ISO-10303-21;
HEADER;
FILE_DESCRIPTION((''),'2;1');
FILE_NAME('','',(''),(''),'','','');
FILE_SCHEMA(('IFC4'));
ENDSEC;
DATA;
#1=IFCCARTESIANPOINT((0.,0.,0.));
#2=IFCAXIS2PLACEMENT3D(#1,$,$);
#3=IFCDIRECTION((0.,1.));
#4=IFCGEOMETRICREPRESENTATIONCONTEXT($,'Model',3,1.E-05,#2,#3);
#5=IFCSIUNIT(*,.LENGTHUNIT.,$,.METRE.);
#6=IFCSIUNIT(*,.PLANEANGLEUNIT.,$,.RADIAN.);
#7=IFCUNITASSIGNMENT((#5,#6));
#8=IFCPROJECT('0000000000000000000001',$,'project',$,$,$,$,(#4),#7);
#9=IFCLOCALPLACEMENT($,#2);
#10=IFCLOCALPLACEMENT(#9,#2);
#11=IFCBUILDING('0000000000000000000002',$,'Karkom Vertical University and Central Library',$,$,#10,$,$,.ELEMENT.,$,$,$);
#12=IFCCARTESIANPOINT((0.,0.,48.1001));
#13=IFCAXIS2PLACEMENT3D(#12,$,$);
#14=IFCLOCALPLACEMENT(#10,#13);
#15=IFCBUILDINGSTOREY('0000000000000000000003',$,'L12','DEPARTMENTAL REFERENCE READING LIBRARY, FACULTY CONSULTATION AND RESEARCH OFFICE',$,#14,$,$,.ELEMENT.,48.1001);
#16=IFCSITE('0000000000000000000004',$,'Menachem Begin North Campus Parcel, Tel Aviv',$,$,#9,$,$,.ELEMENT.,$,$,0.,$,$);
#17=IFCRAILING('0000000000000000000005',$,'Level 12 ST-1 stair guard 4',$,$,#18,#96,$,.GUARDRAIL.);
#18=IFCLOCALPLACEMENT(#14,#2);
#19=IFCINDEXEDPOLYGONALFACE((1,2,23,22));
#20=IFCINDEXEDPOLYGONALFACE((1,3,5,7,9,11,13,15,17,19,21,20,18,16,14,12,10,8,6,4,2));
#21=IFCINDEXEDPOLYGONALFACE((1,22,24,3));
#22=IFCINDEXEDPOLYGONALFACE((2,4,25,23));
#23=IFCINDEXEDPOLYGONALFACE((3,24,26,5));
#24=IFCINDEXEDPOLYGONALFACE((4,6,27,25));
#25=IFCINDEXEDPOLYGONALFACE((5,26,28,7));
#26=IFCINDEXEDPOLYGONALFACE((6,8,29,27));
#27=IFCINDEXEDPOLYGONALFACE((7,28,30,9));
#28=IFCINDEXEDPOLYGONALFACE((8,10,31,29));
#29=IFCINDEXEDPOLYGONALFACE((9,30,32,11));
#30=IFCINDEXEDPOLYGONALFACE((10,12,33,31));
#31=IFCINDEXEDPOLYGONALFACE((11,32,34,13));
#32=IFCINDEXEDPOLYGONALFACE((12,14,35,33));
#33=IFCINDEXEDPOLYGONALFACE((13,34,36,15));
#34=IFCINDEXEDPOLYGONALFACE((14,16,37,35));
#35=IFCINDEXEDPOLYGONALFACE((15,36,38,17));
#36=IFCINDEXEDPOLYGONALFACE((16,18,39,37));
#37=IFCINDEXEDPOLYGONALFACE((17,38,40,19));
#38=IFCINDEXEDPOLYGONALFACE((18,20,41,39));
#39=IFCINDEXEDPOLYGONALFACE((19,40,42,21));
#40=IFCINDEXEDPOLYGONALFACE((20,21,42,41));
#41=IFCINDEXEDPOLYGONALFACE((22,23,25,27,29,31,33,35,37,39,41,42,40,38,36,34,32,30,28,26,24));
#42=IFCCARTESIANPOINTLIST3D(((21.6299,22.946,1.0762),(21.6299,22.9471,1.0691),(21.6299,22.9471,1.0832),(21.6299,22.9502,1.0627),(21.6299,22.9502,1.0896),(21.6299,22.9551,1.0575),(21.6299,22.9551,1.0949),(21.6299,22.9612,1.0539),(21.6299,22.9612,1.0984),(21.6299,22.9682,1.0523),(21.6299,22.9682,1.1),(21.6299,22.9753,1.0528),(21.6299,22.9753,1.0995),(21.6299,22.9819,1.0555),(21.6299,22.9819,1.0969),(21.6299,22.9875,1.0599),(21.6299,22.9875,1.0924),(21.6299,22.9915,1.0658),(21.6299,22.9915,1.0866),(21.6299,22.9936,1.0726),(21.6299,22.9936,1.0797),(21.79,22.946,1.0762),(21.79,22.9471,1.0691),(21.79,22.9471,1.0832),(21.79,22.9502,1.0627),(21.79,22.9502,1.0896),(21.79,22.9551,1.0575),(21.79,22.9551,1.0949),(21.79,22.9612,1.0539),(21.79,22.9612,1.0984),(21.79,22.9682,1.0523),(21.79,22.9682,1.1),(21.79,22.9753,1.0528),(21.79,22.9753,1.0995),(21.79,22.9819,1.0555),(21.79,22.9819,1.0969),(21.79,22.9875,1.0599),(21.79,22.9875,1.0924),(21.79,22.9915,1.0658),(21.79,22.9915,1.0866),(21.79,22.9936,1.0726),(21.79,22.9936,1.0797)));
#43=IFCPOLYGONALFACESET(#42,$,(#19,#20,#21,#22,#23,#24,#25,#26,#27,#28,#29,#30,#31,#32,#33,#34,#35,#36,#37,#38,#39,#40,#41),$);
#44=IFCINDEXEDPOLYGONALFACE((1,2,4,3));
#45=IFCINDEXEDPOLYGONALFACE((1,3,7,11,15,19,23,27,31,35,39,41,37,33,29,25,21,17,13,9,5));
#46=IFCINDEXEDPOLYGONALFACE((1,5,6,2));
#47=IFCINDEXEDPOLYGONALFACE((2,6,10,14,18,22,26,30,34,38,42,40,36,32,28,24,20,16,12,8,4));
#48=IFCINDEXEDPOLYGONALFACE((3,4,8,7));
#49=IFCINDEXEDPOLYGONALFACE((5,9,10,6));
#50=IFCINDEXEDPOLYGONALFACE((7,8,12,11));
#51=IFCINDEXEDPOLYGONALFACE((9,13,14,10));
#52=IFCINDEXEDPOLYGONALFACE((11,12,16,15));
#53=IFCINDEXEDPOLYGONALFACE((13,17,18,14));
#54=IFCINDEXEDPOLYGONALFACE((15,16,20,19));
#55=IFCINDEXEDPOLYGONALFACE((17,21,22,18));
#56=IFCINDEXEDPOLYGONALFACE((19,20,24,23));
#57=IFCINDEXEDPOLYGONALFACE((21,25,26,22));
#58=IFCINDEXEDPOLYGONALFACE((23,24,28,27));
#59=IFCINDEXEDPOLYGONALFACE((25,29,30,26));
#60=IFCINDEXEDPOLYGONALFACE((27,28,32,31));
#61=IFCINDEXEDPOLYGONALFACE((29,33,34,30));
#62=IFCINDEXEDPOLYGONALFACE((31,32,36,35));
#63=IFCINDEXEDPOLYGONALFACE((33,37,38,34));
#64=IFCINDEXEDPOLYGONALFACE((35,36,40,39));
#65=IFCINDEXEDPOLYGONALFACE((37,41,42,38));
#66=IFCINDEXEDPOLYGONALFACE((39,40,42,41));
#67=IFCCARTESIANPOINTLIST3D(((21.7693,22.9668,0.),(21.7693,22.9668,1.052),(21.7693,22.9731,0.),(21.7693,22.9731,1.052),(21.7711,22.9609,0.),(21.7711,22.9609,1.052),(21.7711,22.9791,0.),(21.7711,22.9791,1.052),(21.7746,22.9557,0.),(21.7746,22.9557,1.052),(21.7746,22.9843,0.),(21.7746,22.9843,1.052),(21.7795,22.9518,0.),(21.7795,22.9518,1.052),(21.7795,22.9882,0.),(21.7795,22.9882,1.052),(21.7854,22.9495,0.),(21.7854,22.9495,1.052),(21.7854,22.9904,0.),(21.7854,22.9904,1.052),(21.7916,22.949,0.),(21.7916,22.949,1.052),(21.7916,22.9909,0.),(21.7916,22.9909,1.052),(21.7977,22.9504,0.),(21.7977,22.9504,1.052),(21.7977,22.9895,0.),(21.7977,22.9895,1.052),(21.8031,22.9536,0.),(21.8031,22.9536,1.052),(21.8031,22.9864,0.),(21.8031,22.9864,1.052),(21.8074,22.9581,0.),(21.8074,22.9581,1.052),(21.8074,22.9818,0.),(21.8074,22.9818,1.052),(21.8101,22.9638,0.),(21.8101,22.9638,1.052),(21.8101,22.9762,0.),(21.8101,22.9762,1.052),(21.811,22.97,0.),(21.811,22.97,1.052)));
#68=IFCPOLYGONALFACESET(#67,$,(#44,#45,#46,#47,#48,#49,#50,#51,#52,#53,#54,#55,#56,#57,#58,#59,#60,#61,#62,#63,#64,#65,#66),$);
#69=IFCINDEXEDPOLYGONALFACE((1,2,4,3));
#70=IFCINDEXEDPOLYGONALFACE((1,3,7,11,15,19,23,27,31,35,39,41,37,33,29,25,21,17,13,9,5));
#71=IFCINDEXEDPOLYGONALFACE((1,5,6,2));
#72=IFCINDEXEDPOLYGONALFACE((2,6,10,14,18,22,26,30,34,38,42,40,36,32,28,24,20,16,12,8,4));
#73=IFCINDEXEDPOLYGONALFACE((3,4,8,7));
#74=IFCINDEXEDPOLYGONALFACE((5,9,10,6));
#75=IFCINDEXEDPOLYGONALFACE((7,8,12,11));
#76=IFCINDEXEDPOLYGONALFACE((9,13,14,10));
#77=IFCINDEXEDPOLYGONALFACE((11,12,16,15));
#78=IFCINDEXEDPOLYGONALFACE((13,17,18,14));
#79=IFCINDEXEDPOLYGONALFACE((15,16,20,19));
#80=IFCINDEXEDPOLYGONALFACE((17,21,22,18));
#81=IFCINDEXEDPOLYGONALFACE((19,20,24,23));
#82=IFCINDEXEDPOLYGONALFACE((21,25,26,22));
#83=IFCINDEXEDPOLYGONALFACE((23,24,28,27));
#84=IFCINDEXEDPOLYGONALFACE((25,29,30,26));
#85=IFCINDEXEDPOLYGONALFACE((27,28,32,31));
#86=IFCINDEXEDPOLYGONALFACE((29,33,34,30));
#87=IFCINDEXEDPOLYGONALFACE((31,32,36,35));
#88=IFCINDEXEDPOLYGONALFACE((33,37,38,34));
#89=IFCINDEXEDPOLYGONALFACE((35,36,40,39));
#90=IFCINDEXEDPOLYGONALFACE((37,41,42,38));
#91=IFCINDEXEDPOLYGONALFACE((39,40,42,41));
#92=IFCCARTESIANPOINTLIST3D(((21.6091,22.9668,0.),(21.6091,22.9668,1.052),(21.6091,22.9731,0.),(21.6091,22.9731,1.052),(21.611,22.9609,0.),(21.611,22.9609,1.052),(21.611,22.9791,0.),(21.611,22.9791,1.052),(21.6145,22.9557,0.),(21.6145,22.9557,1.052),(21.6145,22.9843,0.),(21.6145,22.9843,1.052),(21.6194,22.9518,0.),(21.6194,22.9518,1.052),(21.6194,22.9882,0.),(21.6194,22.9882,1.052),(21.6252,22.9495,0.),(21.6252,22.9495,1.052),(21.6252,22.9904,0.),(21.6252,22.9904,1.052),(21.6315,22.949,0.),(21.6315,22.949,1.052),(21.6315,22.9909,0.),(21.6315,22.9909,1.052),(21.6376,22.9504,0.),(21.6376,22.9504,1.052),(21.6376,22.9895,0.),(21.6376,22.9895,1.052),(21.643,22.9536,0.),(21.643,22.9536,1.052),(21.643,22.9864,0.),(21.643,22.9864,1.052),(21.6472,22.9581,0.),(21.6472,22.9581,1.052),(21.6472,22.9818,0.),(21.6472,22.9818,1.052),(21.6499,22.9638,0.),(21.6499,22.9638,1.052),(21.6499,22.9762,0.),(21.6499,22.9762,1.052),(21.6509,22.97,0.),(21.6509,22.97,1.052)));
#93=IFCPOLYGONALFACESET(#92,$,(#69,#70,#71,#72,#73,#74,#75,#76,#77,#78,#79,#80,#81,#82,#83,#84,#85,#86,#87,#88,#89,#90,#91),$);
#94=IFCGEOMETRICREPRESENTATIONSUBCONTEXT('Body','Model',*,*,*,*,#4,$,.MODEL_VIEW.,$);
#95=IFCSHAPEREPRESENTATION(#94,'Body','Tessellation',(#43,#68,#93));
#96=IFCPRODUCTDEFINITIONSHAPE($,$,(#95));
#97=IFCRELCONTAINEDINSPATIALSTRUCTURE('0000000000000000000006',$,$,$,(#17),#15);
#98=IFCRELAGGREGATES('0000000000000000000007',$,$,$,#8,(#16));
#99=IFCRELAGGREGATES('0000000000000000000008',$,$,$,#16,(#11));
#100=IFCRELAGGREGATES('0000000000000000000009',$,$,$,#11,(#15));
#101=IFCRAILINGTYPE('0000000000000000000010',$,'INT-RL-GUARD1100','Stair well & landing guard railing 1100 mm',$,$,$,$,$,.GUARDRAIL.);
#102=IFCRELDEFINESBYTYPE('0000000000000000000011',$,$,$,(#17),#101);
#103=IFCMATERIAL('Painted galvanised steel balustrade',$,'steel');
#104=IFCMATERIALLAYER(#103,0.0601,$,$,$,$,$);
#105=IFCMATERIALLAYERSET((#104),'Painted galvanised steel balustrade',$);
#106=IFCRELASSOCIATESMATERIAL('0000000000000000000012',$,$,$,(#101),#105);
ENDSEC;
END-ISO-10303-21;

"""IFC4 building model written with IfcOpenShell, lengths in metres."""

from ifc_helpers import new_model, si_unit, direction, frame, origin, origin_2d, place, context, subcontext, project, spatial, circle, extrude, material, layer, layer_set, type_object, element, save


model = new_model("IFC4")

# Units and contexts
model_context = context("Model", 3, precision=1e-05, world=origin(), true_north=direction((0.0, 1.0)))
body_context = subcontext(model_context, "Body", "Model", "MODEL_VIEW")
ifc_project = project(units=[si_unit("LENGTHUNIT", "METRE"), si_unit("PLANEANGLEUNIT", "RADIAN")], contexts=[model_context])

# Site, building, storey
site_placement = place(None, origin())
site = spatial("IfcSite", under=ifc_project, at=site_placement, Name="Menachem Begin North Campus Parcel, Tel Aviv", CompositionType="ELEMENT", RefElevation=0.0)
building_placement = place(site_placement, origin())
building = spatial("IfcBuilding", under=site, at=building_placement, Name="Karkom Vertical University and Central Library", CompositionType="ELEMENT")
storey_placement = place(building_placement, frame((0.0, 0.0, 48.1001)))
storey = spatial("IfcBuildingStorey", under=building, at=storey_placement, Name="L12", Description="DEPARTMENTAL REFERENCE READING LIBRARY, FACULTY CONSULTATION AND RESEARCH OFFICE", CompositionType="ELEMENT", Elevation=48.1001)

# Railing
ifc_material_1 = material(Name="Painted galvanised steel balustrade", Category="steel")
ifc_layer_1 = layer(ifc_material_1, 0.0601)
ifc_layer_set_1 = layer_set([ifc_layer_1], Name="Painted galvanised steel balustrade")
railing_type_1 = type_object("IfcRailingType", Name="INT-RL-GUARD1100", Description="Stair well & landing guard railing 1100 mm", PredefinedType="GUARDRAIL", material=ifc_layer_set_1)
railing_1_placement = place(storey_placement, frame((21.79, 22.97, 0.0)))
element("IfcRailing", 1, at=railing_1_placement, inside=storey, type_object=railing_type_1, Name="Level 12 ST-1 stair guard 4", PredefinedType="GUARDRAIL", context=body_context, shape_type="SweptSolid", body=[
    extrude(circle(Radius=0.0239, at=origin_2d()), frame((0.0, 0.0, 1.0762), z_axis=(-1.0, 0.0, 0.0), x_axis=(0.0, -1.0, 0.0)), (0.0, 0.0, 1.0), 0.1602),
    extrude(circle(Radius=0.021, at=origin_2d()), origin(), (0.0, 0.0, 1.0), 1.052),
    extrude(circle(Radius=0.021, at=origin_2d()), frame((-0.1602, 0.0, 0.0)), (0.0, 0.0, 1.0), 1.052),
])

save(model, "model.ifc")
